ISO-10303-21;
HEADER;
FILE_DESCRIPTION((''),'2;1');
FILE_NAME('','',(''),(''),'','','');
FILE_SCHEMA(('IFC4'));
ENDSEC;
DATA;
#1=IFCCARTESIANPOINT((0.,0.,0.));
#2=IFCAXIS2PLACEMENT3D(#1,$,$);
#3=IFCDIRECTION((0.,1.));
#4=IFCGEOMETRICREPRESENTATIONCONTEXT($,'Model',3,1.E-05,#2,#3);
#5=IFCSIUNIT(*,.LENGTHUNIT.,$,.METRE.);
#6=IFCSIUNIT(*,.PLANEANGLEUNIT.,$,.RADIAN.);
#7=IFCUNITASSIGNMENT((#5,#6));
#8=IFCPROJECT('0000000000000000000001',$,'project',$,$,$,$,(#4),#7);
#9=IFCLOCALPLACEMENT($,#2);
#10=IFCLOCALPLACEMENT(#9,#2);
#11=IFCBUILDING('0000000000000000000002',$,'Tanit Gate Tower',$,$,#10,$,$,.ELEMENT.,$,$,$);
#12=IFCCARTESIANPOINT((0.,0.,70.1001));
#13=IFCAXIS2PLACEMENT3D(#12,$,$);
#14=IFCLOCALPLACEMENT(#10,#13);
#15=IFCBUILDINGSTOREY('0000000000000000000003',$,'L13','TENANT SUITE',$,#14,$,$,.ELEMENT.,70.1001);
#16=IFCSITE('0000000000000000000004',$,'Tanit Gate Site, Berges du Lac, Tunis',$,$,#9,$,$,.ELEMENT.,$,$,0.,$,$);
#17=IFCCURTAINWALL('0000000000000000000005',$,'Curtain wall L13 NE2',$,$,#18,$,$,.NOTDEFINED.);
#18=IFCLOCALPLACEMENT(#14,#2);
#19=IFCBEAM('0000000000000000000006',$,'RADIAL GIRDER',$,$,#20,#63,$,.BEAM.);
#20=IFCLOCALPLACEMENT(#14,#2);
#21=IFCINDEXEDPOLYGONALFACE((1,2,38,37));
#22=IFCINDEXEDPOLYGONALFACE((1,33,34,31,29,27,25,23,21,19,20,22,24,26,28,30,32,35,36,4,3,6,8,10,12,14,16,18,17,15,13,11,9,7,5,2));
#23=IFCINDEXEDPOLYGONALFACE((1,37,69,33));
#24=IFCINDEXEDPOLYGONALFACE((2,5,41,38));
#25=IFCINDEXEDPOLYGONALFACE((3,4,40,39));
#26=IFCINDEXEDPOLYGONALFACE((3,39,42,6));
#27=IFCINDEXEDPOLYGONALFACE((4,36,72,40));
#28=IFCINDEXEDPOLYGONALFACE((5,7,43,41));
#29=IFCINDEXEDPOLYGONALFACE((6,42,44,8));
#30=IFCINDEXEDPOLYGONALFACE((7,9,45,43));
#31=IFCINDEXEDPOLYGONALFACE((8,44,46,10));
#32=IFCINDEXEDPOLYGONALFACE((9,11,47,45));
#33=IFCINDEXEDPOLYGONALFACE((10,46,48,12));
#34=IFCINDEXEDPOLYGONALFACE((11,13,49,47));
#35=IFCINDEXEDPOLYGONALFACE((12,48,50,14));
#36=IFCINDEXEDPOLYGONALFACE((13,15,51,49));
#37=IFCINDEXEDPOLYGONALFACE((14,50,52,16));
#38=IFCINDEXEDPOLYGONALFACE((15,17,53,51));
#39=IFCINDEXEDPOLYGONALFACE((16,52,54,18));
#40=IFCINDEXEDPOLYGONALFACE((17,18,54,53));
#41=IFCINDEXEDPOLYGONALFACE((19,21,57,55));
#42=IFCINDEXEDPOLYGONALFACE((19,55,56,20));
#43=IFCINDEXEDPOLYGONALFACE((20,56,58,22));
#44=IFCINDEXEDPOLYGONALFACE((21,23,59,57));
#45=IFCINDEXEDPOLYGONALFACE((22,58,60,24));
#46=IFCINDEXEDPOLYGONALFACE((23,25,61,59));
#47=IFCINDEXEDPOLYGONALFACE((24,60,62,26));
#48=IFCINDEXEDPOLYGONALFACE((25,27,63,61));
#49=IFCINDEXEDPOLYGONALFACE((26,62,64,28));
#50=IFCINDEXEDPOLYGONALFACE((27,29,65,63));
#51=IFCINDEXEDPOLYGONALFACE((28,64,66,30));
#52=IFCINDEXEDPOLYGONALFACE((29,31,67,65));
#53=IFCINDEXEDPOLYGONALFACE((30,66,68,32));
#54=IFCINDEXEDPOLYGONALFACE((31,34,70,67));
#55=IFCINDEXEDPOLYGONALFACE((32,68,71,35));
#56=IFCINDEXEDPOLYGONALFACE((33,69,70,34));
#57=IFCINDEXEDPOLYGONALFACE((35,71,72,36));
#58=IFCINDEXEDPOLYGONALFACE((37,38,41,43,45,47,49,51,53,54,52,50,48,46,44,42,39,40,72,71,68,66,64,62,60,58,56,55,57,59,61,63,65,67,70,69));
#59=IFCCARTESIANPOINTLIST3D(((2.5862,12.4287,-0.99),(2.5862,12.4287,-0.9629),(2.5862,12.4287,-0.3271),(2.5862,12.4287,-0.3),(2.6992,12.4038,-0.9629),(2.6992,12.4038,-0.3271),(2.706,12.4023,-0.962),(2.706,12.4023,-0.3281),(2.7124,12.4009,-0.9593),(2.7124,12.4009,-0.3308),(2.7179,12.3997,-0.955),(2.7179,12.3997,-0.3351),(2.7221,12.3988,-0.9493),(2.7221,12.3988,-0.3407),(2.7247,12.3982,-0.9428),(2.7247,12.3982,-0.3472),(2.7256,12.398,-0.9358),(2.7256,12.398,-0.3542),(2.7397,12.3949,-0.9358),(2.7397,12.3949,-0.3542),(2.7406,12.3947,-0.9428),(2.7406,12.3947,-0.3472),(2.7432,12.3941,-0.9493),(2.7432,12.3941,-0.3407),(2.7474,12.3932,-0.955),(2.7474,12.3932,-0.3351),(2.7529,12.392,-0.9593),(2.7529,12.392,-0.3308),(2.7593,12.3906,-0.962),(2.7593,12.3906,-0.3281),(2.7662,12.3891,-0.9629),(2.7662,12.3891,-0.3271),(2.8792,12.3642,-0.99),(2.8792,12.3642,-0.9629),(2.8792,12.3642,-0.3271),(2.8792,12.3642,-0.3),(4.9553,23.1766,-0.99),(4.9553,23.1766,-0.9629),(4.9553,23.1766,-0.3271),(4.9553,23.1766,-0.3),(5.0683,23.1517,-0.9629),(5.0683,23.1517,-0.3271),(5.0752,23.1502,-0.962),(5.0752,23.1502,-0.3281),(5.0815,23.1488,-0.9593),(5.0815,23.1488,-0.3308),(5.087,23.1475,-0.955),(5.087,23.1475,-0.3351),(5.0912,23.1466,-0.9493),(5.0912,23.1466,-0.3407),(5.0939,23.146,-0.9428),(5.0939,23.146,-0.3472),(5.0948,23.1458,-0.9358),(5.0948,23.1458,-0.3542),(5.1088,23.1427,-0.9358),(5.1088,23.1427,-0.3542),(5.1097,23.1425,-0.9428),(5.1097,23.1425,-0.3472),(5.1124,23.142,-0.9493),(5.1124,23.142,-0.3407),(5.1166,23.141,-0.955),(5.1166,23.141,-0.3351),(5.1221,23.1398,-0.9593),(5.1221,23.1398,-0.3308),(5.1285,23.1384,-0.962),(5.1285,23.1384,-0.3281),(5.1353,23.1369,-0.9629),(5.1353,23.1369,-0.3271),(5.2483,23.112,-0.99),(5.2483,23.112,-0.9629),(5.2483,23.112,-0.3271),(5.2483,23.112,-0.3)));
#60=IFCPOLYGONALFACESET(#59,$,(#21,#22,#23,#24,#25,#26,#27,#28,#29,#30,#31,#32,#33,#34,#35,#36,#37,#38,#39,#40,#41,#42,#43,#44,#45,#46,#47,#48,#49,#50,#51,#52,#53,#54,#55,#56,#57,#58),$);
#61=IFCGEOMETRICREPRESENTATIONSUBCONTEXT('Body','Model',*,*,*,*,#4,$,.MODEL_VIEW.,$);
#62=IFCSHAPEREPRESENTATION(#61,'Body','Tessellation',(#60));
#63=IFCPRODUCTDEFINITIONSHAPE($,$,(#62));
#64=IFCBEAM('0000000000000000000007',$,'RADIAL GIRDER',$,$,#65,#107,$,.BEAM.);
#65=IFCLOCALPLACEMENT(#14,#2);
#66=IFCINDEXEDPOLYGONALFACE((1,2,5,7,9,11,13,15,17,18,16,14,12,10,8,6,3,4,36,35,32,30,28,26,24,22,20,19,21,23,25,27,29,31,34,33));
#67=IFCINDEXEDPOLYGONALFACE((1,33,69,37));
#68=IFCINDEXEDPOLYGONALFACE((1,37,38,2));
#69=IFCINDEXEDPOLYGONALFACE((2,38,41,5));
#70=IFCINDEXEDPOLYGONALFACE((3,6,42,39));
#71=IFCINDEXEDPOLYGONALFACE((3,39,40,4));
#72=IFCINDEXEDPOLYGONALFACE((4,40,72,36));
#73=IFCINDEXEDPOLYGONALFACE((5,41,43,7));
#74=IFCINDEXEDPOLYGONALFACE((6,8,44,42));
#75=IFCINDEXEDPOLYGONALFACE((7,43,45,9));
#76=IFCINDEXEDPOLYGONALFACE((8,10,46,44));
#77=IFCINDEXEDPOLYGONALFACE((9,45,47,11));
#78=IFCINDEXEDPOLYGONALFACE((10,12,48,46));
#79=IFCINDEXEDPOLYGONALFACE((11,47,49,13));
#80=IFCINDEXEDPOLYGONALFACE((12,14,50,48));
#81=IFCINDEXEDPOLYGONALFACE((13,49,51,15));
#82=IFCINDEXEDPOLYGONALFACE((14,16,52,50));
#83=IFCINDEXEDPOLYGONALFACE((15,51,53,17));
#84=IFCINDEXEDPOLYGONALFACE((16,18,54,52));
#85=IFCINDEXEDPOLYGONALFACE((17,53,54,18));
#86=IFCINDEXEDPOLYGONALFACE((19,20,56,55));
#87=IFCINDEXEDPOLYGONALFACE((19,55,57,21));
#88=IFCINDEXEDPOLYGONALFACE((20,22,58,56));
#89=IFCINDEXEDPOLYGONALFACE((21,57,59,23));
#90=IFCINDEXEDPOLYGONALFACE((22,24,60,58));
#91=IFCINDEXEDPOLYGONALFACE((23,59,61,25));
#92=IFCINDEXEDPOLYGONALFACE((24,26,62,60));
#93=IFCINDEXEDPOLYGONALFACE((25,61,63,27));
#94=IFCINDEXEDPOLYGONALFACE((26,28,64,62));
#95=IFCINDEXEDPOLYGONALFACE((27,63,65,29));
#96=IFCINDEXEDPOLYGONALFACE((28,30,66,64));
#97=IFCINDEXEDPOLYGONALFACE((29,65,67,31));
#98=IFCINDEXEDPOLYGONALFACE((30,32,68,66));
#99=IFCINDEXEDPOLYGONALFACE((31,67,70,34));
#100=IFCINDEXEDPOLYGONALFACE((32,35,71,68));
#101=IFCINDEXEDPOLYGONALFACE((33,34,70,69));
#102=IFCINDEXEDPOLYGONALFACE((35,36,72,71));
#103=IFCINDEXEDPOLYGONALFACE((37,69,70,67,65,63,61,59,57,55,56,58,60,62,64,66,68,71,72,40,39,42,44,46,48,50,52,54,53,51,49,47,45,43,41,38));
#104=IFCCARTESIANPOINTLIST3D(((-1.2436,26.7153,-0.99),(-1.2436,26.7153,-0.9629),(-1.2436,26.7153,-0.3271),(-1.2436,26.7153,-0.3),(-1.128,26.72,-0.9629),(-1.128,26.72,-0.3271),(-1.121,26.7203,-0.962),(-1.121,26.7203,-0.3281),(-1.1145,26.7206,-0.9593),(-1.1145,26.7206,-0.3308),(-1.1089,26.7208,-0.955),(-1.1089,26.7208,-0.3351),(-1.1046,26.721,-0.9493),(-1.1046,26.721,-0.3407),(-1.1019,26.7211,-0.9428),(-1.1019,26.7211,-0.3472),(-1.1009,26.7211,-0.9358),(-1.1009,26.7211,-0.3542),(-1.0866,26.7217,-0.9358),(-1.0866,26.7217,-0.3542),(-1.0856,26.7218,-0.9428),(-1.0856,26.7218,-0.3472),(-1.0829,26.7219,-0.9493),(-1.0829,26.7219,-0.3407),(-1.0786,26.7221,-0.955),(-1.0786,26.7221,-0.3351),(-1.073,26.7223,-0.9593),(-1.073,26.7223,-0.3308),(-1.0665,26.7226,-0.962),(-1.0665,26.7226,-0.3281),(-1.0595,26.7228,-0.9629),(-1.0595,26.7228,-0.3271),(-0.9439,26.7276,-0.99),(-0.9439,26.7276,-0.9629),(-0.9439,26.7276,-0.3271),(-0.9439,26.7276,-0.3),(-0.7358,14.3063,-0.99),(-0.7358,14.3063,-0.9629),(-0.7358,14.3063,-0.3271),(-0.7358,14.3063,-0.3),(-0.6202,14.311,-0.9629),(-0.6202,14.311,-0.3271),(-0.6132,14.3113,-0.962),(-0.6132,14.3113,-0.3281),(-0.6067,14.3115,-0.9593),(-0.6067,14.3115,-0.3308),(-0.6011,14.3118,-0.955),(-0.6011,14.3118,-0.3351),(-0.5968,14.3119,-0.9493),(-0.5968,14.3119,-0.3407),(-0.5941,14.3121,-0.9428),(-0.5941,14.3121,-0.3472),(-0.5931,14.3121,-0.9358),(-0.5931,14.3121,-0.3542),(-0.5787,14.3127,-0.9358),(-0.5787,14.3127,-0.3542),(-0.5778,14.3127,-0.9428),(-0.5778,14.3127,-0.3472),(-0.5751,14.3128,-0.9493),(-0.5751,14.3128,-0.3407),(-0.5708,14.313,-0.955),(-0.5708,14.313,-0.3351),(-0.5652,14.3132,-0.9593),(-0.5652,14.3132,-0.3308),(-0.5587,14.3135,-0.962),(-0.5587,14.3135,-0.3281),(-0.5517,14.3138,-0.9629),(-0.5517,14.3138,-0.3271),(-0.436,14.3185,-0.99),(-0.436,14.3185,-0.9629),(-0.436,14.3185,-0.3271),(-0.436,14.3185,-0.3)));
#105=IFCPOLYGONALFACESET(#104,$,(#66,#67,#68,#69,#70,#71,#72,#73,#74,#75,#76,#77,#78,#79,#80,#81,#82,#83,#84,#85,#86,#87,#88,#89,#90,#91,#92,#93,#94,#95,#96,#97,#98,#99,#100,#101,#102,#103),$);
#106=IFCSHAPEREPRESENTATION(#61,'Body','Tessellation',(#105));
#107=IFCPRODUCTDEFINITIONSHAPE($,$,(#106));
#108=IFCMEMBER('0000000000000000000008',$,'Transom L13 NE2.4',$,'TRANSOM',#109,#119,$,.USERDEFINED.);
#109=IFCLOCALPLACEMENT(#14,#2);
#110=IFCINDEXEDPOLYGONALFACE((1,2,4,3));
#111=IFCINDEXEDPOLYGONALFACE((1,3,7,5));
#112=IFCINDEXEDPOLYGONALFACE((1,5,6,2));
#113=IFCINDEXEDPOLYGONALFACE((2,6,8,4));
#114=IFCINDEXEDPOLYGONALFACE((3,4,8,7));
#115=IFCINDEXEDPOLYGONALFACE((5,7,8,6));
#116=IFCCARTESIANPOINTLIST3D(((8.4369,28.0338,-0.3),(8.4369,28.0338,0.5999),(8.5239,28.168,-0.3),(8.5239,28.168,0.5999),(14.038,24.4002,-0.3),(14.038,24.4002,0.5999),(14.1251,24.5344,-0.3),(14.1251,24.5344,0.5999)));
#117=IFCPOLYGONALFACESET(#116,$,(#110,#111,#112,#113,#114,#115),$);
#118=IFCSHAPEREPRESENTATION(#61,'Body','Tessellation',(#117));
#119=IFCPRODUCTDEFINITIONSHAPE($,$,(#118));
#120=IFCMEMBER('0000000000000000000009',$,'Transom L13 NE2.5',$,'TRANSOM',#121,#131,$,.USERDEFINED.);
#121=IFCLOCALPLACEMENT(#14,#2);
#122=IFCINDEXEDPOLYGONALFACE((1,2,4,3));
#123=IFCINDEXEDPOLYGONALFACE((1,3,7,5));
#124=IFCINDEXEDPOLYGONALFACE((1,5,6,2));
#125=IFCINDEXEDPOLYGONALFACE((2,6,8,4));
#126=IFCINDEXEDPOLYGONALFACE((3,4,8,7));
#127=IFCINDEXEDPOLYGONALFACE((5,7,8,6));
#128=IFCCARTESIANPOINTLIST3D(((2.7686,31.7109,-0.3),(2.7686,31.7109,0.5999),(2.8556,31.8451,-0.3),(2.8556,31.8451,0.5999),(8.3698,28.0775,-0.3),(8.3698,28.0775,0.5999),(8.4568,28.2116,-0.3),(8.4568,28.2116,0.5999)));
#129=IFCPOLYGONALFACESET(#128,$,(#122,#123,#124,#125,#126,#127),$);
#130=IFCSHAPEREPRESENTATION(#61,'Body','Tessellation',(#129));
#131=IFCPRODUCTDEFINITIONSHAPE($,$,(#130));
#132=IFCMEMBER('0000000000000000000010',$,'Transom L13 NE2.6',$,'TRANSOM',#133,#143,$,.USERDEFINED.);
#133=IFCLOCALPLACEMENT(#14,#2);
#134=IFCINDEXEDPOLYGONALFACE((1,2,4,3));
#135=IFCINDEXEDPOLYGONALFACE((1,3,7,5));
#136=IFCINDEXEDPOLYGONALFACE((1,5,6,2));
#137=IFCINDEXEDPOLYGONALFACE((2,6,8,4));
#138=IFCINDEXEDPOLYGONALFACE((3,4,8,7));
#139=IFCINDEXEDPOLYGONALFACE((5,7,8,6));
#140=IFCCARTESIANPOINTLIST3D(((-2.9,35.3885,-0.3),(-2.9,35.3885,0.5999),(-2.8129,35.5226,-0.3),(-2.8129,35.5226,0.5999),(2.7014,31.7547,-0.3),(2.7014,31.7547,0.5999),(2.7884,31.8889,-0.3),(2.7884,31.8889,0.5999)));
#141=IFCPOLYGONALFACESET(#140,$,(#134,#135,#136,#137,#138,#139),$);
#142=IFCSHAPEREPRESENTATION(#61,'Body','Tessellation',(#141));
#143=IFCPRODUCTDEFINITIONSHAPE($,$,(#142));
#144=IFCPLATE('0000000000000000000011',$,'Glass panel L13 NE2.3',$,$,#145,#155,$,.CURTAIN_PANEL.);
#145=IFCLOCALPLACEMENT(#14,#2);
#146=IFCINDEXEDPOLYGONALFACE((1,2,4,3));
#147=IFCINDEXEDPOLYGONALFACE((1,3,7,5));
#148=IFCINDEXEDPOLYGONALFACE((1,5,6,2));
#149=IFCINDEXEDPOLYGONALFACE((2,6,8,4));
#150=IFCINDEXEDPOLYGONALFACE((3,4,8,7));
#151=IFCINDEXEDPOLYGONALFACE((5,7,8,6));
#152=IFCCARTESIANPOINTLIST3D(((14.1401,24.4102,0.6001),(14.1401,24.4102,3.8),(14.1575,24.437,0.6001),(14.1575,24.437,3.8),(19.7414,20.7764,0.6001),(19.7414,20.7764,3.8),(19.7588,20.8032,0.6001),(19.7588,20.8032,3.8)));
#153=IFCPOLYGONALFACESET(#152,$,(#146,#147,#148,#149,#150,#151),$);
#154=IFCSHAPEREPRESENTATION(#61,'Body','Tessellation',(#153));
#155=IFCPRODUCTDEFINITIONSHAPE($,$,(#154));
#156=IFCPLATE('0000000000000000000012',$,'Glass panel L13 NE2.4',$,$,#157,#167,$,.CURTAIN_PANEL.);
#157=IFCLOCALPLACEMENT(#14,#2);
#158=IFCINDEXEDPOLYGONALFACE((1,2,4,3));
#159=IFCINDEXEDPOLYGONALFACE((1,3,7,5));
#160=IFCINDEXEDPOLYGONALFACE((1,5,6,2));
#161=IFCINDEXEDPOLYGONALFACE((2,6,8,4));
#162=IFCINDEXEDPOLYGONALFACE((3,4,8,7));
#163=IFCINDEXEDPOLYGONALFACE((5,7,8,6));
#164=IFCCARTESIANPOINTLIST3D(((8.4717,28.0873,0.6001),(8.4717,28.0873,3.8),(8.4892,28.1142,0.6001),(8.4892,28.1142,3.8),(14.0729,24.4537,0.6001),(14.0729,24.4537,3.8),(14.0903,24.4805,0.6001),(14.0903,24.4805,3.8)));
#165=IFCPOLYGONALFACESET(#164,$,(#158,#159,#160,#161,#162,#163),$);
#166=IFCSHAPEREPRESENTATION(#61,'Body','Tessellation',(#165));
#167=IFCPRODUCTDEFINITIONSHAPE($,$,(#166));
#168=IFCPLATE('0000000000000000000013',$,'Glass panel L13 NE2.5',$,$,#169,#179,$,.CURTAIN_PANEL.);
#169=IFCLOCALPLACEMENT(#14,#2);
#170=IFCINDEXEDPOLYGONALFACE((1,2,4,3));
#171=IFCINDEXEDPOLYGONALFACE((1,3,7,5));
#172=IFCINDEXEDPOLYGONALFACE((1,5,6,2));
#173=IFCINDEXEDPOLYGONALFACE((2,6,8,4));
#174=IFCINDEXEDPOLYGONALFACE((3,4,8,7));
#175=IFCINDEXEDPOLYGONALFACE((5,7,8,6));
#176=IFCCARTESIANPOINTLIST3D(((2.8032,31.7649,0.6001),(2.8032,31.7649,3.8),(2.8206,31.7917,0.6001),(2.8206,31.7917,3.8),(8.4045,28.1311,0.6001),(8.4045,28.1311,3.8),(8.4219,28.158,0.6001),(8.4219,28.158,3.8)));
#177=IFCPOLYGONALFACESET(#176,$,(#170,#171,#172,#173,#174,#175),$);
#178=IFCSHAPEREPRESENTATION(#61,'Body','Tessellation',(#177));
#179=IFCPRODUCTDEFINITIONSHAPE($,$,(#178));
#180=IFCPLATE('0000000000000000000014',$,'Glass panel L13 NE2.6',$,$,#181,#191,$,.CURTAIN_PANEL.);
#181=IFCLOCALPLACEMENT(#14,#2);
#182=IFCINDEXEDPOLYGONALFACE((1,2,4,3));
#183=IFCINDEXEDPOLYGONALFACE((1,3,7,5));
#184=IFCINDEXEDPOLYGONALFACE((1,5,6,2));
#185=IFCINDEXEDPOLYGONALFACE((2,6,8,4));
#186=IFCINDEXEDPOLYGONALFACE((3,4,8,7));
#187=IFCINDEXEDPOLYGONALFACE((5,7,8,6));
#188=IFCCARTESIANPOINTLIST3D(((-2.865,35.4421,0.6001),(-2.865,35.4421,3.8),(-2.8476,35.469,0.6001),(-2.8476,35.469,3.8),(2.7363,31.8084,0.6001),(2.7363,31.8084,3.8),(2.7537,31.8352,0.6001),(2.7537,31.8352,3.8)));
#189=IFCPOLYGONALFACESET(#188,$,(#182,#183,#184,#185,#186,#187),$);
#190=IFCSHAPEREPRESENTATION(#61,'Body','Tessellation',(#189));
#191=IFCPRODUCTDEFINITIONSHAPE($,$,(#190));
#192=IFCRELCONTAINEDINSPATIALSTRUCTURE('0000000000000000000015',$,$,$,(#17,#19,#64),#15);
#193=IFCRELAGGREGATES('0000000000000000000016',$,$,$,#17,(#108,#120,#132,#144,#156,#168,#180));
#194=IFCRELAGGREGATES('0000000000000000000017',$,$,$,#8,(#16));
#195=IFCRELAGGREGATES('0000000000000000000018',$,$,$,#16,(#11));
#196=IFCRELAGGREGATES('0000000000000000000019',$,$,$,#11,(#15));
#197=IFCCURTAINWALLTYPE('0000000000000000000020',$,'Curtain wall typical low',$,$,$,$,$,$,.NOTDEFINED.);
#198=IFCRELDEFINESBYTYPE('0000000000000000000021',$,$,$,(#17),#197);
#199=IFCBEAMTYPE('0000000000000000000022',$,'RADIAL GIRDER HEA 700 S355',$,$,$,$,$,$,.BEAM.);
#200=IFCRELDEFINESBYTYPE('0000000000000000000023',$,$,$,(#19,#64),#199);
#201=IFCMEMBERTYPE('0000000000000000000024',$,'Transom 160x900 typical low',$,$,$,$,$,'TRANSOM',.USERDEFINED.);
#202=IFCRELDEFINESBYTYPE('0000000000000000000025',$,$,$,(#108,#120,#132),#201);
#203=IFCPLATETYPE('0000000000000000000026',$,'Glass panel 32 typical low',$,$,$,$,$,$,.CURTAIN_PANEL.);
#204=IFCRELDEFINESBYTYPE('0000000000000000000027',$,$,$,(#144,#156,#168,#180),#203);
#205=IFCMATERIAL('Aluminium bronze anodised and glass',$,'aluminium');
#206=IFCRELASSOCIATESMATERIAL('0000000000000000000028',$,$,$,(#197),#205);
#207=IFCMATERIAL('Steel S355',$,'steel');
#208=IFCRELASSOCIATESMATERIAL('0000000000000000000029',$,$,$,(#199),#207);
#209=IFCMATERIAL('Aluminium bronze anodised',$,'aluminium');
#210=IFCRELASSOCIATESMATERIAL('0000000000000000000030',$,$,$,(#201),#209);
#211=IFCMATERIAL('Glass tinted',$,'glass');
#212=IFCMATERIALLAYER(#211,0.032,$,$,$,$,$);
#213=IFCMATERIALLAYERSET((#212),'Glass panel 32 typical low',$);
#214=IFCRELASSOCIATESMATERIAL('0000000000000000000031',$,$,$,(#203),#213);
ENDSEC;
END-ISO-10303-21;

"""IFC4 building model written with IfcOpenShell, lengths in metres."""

from ifc_helpers import new_model, si_unit, direction, frame, origin, origin_2d, place, context, subcontext, project, spatial, rectangle, i_section, extrude, material, layer, layer_set, material_profile, profile_set, type_object, element, aggregate, save


model = new_model("IFC4")

# Units and contexts
model_context = context("Model", 3, precision=1e-05, world=origin(), true_north=direction((0.0, 1.0)))
body_context = subcontext(model_context, "Body", "Model", "MODEL_VIEW")
ifc_project = project(units=[si_unit("LENGTHUNIT", "METRE"), si_unit("PLANEANGLEUNIT", "RADIAN")], contexts=[model_context])

# Site, building, storey
site_placement = place(None, origin())
site = spatial("IfcSite", under=ifc_project, at=site_placement, Name="Tanit Gate Site, Berges du Lac, Tunis", CompositionType="ELEMENT", RefElevation=0.0)
building_placement = place(site_placement, origin())
building = spatial("IfcBuilding", under=site, at=building_placement, Name="Tanit Gate Tower", CompositionType="ELEMENT")
storey_placement = place(building_placement, frame((0.0, 0.0, 70.1001)))
storey = spatial("IfcBuildingStorey", under=building, at=storey_placement, Name="L13", Description="TENANT SUITE", CompositionType="ELEMENT", Elevation=70.1001)

# Curtain wall
ifc_material_1 = material(Name="Aluminium bronze anodised and glass", Category="aluminium")
curtain_wall_type = type_object("IfcCurtainWallType", Name="Curtain wall typical low", PredefinedType="NOTDEFINED", material=ifc_material_1)
curtain_wall_placement = place(storey_placement, origin())
curtain_wall = element("IfcCurtainWall", 1, at=curtain_wall_placement, inside=storey, type_object=curtain_wall_type, Name="Curtain wall L13 NE2", PredefinedType="NOTDEFINED")

# Beams
ifc_material_2 = material(Name="Steel S355", Category="steel")
ifc_material_profile_1 = material_profile(ifc_material_2, i_section(OverallWidth=0.3, OverallDepth=0.6899, WebThickness=0.0144, FlangeThickness=0.0271, FilletRadius=0.0271, at=origin_2d()), Name="HEA 700")
ifc_profile_set_1 = profile_set([ifc_material_profile_1], Name="Steel S355")
beam_type = type_object("IfcBeamType", Name="RADIAL GIRDER HEA 700 S355", PredefinedType="BEAM", material=ifc_profile_set_1)
beam_1_placement = place(storey_placement, frame((5.1018, 23.1443, -0.645), z_axis=(-0.215263, -0.976556, 0.0), x_axis=(0.976556, -0.215263, 0.0)))
element("IfcBeam", 2, at=beam_1_placement, inside=storey, type_object=beam_type, Name="RADIAL GIRDER", PredefinedType="BEAM", context=body_context, shape_type="SweptSolid", body=[
    extrude(i_section(OverallWidth=0.3, OverallDepth=0.6899, WebThickness=0.0144, FlangeThickness=0.0271, FilletRadius=0.0271, at=origin_2d()), origin(), (0.0, 0.0, 1.0), 11.0059),
])
beam_2_placement = place(storey_placement, frame((-1.0938, 26.7214, -0.645), z_axis=(0.040889, -0.999164, 0.0), x_axis=(0.999164, 0.040889, 0.0)))
element("IfcBeam", 3, at=beam_2_placement, inside=storey, type_object=beam_type, Name="RADIAL GIRDER", PredefinedType="BEAM", context=body_context, shape_type="SweptSolid", body=[
    extrude(i_section(OverallWidth=0.3, OverallDepth=0.6899, WebThickness=0.0144, FlangeThickness=0.0271, FilletRadius=0.0271, at=origin_2d()), origin(), (0.0, 0.0, 1.0), 12.4194),
])

# Members
ifc_material_3 = material(Name="Aluminium bronze anodised", Category="aluminium")
ifc_material_profile_2 = material_profile(ifc_material_3, rectangle(XDim=0.1599, YDim=0.8999, at=origin_2d()), Name="160x900 bronze transom")
ifc_profile_set_2 = profile_set([ifc_material_profile_2], Name="Aluminium bronze anodised")
member_type_1 = type_object("IfcMemberType", Name="Transom 160x900 typical low", ElementType="TRANSOM", PredefinedType="USERDEFINED", material=ifc_profile_set_2)
member_1_placement = place(storey_placement, frame((14.0815, 24.4673, 0.1499), z_axis=(-0.838933, 0.544235, 0.0), x_axis=(-0.544235, -0.838933, 0.0)))
member_1 = element("IfcMember", 4, at=member_1_placement, type_object=member_type_1, Name="Transom L13 NE2.4", ObjectType="TRANSOM", PredefinedType="USERDEFINED", context=body_context, shape_type="SweptSolid", body=[
    extrude(rectangle(XDim=0.1599, YDim=0.8999, at=origin_2d()), origin(), (0.0, 0.0, 1.0), 6.6765),
])
member_2_placement = place(storey_placement, frame((8.4133, 28.1445, 0.1499), z_axis=(-0.838944, 0.544218, 0.0), x_axis=(-0.544218, -0.838944, 0.0)))
member_2 = element("IfcMember", 5, at=member_2_placement, type_object=member_type_1, Name="Transom L13 NE2.5", ObjectType="TRANSOM", PredefinedType="USERDEFINED", context=body_context, shape_type="SweptSolid", body=[
    extrude(rectangle(XDim=0.1599, YDim=0.8999, at=origin_2d()), origin(), (0.0, 0.0, 1.0), 6.6765),
])
member_3_placement = place(storey_placement, frame((2.7449, 31.8218, 0.1499), z_axis=(-0.838927, 0.544244, 0.0), x_axis=(-0.544244, -0.838927, 0.0)))
member_3 = element("IfcMember", 6, at=member_3_placement, type_object=member_type_1, Name="Transom L13 NE2.6", ObjectType="TRANSOM", PredefinedType="USERDEFINED", context=body_context, shape_type="SweptSolid", body=[
    extrude(rectangle(XDim=0.1599, YDim=0.8999, at=origin_2d()), origin(), (0.0, 0.0, 1.0), 6.6768),
])

# Plates
ifc_material_4 = material(Name="Glass tinted", Category="glass")
ifc_layer_1 = layer(ifc_material_4, 0.032)
ifc_layer_set_1 = layer_set([ifc_layer_1], Name="Glass panel 32 typical low")
plate_type = type_object("IfcPlateType", Name="Glass panel 32 typical low", PredefinedType="CURTAIN_PANEL", material=ifc_layer_set_1)
plate_1_placement = place(storey_placement, frame((16.9495, 22.6067, 0.6001), z_axis=(0.0, 0.0, 1.0), x_axis=(-0.838927, 0.544243, 0.0)))
plate_1 = element("IfcPlate", 7, at=plate_1_placement, type_object=plate_type, Name="Glass panel L13 NE2.3", PredefinedType="CURTAIN_PANEL", context=body_context, shape_type="SweptSolid", body=[
    extrude(rectangle(XDim=6.6768, YDim=0.032, at=origin_2d()), origin(), (0.0, 0.0, 1.0), 3.2),
])
plate_2_placement = place(storey_placement, frame((11.281, 26.2839, 0.6001), z_axis=(0.0, 0.0, 1.0), x_axis=(-0.838927, 0.544243, 0.0)))
plate_2 = element("IfcPlate", 8, at=plate_2_placement, type_object=plate_type, Name="Glass panel L13 NE2.4", PredefinedType="CURTAIN_PANEL", context=body_context, shape_type="SweptSolid", body=[
    extrude(rectangle(XDim=6.6765, YDim=0.032, at=origin_2d()), origin(), (0.0, 0.0, 1.0), 3.2),
])
plate_3_placement = place(storey_placement, frame((5.6125, 29.9614, 0.6001), z_axis=(0.0, 0.0, 1.0), x_axis=(-0.838927, 0.544243, 0.0)))
plate_3 = element("IfcPlate", 9, at=plate_3_placement, type_object=plate_type, Name="Glass panel L13 NE2.5", PredefinedType="CURTAIN_PANEL", context=body_context, shape_type="SweptSolid", body=[
    extrude(rectangle(XDim=6.6768, YDim=0.032, at=origin_2d()), origin(), (0.0, 0.0, 1.0), 3.2),
])
plate_4_placement = place(storey_placement, frame((-0.0557, 33.6387, 0.6001), z_axis=(0.0, 0.0, 1.0), x_axis=(-0.838927, 0.544243, 0.0)))
plate_4 = element("IfcPlate", 10, at=plate_4_placement, type_object=plate_type, Name="Glass panel L13 NE2.6", PredefinedType="CURTAIN_PANEL", context=body_context, shape_type="SweptSolid", body=[
    extrude(rectangle(XDim=6.6768, YDim=0.032, at=origin_2d()), origin(), (0.0, 0.0, 1.0), 3.2),
])
aggregate(curtain_wall, [member_1, member_2, member_3, plate_1, plate_2, plate_3, plate_4])

save(model, "model.ifc")
